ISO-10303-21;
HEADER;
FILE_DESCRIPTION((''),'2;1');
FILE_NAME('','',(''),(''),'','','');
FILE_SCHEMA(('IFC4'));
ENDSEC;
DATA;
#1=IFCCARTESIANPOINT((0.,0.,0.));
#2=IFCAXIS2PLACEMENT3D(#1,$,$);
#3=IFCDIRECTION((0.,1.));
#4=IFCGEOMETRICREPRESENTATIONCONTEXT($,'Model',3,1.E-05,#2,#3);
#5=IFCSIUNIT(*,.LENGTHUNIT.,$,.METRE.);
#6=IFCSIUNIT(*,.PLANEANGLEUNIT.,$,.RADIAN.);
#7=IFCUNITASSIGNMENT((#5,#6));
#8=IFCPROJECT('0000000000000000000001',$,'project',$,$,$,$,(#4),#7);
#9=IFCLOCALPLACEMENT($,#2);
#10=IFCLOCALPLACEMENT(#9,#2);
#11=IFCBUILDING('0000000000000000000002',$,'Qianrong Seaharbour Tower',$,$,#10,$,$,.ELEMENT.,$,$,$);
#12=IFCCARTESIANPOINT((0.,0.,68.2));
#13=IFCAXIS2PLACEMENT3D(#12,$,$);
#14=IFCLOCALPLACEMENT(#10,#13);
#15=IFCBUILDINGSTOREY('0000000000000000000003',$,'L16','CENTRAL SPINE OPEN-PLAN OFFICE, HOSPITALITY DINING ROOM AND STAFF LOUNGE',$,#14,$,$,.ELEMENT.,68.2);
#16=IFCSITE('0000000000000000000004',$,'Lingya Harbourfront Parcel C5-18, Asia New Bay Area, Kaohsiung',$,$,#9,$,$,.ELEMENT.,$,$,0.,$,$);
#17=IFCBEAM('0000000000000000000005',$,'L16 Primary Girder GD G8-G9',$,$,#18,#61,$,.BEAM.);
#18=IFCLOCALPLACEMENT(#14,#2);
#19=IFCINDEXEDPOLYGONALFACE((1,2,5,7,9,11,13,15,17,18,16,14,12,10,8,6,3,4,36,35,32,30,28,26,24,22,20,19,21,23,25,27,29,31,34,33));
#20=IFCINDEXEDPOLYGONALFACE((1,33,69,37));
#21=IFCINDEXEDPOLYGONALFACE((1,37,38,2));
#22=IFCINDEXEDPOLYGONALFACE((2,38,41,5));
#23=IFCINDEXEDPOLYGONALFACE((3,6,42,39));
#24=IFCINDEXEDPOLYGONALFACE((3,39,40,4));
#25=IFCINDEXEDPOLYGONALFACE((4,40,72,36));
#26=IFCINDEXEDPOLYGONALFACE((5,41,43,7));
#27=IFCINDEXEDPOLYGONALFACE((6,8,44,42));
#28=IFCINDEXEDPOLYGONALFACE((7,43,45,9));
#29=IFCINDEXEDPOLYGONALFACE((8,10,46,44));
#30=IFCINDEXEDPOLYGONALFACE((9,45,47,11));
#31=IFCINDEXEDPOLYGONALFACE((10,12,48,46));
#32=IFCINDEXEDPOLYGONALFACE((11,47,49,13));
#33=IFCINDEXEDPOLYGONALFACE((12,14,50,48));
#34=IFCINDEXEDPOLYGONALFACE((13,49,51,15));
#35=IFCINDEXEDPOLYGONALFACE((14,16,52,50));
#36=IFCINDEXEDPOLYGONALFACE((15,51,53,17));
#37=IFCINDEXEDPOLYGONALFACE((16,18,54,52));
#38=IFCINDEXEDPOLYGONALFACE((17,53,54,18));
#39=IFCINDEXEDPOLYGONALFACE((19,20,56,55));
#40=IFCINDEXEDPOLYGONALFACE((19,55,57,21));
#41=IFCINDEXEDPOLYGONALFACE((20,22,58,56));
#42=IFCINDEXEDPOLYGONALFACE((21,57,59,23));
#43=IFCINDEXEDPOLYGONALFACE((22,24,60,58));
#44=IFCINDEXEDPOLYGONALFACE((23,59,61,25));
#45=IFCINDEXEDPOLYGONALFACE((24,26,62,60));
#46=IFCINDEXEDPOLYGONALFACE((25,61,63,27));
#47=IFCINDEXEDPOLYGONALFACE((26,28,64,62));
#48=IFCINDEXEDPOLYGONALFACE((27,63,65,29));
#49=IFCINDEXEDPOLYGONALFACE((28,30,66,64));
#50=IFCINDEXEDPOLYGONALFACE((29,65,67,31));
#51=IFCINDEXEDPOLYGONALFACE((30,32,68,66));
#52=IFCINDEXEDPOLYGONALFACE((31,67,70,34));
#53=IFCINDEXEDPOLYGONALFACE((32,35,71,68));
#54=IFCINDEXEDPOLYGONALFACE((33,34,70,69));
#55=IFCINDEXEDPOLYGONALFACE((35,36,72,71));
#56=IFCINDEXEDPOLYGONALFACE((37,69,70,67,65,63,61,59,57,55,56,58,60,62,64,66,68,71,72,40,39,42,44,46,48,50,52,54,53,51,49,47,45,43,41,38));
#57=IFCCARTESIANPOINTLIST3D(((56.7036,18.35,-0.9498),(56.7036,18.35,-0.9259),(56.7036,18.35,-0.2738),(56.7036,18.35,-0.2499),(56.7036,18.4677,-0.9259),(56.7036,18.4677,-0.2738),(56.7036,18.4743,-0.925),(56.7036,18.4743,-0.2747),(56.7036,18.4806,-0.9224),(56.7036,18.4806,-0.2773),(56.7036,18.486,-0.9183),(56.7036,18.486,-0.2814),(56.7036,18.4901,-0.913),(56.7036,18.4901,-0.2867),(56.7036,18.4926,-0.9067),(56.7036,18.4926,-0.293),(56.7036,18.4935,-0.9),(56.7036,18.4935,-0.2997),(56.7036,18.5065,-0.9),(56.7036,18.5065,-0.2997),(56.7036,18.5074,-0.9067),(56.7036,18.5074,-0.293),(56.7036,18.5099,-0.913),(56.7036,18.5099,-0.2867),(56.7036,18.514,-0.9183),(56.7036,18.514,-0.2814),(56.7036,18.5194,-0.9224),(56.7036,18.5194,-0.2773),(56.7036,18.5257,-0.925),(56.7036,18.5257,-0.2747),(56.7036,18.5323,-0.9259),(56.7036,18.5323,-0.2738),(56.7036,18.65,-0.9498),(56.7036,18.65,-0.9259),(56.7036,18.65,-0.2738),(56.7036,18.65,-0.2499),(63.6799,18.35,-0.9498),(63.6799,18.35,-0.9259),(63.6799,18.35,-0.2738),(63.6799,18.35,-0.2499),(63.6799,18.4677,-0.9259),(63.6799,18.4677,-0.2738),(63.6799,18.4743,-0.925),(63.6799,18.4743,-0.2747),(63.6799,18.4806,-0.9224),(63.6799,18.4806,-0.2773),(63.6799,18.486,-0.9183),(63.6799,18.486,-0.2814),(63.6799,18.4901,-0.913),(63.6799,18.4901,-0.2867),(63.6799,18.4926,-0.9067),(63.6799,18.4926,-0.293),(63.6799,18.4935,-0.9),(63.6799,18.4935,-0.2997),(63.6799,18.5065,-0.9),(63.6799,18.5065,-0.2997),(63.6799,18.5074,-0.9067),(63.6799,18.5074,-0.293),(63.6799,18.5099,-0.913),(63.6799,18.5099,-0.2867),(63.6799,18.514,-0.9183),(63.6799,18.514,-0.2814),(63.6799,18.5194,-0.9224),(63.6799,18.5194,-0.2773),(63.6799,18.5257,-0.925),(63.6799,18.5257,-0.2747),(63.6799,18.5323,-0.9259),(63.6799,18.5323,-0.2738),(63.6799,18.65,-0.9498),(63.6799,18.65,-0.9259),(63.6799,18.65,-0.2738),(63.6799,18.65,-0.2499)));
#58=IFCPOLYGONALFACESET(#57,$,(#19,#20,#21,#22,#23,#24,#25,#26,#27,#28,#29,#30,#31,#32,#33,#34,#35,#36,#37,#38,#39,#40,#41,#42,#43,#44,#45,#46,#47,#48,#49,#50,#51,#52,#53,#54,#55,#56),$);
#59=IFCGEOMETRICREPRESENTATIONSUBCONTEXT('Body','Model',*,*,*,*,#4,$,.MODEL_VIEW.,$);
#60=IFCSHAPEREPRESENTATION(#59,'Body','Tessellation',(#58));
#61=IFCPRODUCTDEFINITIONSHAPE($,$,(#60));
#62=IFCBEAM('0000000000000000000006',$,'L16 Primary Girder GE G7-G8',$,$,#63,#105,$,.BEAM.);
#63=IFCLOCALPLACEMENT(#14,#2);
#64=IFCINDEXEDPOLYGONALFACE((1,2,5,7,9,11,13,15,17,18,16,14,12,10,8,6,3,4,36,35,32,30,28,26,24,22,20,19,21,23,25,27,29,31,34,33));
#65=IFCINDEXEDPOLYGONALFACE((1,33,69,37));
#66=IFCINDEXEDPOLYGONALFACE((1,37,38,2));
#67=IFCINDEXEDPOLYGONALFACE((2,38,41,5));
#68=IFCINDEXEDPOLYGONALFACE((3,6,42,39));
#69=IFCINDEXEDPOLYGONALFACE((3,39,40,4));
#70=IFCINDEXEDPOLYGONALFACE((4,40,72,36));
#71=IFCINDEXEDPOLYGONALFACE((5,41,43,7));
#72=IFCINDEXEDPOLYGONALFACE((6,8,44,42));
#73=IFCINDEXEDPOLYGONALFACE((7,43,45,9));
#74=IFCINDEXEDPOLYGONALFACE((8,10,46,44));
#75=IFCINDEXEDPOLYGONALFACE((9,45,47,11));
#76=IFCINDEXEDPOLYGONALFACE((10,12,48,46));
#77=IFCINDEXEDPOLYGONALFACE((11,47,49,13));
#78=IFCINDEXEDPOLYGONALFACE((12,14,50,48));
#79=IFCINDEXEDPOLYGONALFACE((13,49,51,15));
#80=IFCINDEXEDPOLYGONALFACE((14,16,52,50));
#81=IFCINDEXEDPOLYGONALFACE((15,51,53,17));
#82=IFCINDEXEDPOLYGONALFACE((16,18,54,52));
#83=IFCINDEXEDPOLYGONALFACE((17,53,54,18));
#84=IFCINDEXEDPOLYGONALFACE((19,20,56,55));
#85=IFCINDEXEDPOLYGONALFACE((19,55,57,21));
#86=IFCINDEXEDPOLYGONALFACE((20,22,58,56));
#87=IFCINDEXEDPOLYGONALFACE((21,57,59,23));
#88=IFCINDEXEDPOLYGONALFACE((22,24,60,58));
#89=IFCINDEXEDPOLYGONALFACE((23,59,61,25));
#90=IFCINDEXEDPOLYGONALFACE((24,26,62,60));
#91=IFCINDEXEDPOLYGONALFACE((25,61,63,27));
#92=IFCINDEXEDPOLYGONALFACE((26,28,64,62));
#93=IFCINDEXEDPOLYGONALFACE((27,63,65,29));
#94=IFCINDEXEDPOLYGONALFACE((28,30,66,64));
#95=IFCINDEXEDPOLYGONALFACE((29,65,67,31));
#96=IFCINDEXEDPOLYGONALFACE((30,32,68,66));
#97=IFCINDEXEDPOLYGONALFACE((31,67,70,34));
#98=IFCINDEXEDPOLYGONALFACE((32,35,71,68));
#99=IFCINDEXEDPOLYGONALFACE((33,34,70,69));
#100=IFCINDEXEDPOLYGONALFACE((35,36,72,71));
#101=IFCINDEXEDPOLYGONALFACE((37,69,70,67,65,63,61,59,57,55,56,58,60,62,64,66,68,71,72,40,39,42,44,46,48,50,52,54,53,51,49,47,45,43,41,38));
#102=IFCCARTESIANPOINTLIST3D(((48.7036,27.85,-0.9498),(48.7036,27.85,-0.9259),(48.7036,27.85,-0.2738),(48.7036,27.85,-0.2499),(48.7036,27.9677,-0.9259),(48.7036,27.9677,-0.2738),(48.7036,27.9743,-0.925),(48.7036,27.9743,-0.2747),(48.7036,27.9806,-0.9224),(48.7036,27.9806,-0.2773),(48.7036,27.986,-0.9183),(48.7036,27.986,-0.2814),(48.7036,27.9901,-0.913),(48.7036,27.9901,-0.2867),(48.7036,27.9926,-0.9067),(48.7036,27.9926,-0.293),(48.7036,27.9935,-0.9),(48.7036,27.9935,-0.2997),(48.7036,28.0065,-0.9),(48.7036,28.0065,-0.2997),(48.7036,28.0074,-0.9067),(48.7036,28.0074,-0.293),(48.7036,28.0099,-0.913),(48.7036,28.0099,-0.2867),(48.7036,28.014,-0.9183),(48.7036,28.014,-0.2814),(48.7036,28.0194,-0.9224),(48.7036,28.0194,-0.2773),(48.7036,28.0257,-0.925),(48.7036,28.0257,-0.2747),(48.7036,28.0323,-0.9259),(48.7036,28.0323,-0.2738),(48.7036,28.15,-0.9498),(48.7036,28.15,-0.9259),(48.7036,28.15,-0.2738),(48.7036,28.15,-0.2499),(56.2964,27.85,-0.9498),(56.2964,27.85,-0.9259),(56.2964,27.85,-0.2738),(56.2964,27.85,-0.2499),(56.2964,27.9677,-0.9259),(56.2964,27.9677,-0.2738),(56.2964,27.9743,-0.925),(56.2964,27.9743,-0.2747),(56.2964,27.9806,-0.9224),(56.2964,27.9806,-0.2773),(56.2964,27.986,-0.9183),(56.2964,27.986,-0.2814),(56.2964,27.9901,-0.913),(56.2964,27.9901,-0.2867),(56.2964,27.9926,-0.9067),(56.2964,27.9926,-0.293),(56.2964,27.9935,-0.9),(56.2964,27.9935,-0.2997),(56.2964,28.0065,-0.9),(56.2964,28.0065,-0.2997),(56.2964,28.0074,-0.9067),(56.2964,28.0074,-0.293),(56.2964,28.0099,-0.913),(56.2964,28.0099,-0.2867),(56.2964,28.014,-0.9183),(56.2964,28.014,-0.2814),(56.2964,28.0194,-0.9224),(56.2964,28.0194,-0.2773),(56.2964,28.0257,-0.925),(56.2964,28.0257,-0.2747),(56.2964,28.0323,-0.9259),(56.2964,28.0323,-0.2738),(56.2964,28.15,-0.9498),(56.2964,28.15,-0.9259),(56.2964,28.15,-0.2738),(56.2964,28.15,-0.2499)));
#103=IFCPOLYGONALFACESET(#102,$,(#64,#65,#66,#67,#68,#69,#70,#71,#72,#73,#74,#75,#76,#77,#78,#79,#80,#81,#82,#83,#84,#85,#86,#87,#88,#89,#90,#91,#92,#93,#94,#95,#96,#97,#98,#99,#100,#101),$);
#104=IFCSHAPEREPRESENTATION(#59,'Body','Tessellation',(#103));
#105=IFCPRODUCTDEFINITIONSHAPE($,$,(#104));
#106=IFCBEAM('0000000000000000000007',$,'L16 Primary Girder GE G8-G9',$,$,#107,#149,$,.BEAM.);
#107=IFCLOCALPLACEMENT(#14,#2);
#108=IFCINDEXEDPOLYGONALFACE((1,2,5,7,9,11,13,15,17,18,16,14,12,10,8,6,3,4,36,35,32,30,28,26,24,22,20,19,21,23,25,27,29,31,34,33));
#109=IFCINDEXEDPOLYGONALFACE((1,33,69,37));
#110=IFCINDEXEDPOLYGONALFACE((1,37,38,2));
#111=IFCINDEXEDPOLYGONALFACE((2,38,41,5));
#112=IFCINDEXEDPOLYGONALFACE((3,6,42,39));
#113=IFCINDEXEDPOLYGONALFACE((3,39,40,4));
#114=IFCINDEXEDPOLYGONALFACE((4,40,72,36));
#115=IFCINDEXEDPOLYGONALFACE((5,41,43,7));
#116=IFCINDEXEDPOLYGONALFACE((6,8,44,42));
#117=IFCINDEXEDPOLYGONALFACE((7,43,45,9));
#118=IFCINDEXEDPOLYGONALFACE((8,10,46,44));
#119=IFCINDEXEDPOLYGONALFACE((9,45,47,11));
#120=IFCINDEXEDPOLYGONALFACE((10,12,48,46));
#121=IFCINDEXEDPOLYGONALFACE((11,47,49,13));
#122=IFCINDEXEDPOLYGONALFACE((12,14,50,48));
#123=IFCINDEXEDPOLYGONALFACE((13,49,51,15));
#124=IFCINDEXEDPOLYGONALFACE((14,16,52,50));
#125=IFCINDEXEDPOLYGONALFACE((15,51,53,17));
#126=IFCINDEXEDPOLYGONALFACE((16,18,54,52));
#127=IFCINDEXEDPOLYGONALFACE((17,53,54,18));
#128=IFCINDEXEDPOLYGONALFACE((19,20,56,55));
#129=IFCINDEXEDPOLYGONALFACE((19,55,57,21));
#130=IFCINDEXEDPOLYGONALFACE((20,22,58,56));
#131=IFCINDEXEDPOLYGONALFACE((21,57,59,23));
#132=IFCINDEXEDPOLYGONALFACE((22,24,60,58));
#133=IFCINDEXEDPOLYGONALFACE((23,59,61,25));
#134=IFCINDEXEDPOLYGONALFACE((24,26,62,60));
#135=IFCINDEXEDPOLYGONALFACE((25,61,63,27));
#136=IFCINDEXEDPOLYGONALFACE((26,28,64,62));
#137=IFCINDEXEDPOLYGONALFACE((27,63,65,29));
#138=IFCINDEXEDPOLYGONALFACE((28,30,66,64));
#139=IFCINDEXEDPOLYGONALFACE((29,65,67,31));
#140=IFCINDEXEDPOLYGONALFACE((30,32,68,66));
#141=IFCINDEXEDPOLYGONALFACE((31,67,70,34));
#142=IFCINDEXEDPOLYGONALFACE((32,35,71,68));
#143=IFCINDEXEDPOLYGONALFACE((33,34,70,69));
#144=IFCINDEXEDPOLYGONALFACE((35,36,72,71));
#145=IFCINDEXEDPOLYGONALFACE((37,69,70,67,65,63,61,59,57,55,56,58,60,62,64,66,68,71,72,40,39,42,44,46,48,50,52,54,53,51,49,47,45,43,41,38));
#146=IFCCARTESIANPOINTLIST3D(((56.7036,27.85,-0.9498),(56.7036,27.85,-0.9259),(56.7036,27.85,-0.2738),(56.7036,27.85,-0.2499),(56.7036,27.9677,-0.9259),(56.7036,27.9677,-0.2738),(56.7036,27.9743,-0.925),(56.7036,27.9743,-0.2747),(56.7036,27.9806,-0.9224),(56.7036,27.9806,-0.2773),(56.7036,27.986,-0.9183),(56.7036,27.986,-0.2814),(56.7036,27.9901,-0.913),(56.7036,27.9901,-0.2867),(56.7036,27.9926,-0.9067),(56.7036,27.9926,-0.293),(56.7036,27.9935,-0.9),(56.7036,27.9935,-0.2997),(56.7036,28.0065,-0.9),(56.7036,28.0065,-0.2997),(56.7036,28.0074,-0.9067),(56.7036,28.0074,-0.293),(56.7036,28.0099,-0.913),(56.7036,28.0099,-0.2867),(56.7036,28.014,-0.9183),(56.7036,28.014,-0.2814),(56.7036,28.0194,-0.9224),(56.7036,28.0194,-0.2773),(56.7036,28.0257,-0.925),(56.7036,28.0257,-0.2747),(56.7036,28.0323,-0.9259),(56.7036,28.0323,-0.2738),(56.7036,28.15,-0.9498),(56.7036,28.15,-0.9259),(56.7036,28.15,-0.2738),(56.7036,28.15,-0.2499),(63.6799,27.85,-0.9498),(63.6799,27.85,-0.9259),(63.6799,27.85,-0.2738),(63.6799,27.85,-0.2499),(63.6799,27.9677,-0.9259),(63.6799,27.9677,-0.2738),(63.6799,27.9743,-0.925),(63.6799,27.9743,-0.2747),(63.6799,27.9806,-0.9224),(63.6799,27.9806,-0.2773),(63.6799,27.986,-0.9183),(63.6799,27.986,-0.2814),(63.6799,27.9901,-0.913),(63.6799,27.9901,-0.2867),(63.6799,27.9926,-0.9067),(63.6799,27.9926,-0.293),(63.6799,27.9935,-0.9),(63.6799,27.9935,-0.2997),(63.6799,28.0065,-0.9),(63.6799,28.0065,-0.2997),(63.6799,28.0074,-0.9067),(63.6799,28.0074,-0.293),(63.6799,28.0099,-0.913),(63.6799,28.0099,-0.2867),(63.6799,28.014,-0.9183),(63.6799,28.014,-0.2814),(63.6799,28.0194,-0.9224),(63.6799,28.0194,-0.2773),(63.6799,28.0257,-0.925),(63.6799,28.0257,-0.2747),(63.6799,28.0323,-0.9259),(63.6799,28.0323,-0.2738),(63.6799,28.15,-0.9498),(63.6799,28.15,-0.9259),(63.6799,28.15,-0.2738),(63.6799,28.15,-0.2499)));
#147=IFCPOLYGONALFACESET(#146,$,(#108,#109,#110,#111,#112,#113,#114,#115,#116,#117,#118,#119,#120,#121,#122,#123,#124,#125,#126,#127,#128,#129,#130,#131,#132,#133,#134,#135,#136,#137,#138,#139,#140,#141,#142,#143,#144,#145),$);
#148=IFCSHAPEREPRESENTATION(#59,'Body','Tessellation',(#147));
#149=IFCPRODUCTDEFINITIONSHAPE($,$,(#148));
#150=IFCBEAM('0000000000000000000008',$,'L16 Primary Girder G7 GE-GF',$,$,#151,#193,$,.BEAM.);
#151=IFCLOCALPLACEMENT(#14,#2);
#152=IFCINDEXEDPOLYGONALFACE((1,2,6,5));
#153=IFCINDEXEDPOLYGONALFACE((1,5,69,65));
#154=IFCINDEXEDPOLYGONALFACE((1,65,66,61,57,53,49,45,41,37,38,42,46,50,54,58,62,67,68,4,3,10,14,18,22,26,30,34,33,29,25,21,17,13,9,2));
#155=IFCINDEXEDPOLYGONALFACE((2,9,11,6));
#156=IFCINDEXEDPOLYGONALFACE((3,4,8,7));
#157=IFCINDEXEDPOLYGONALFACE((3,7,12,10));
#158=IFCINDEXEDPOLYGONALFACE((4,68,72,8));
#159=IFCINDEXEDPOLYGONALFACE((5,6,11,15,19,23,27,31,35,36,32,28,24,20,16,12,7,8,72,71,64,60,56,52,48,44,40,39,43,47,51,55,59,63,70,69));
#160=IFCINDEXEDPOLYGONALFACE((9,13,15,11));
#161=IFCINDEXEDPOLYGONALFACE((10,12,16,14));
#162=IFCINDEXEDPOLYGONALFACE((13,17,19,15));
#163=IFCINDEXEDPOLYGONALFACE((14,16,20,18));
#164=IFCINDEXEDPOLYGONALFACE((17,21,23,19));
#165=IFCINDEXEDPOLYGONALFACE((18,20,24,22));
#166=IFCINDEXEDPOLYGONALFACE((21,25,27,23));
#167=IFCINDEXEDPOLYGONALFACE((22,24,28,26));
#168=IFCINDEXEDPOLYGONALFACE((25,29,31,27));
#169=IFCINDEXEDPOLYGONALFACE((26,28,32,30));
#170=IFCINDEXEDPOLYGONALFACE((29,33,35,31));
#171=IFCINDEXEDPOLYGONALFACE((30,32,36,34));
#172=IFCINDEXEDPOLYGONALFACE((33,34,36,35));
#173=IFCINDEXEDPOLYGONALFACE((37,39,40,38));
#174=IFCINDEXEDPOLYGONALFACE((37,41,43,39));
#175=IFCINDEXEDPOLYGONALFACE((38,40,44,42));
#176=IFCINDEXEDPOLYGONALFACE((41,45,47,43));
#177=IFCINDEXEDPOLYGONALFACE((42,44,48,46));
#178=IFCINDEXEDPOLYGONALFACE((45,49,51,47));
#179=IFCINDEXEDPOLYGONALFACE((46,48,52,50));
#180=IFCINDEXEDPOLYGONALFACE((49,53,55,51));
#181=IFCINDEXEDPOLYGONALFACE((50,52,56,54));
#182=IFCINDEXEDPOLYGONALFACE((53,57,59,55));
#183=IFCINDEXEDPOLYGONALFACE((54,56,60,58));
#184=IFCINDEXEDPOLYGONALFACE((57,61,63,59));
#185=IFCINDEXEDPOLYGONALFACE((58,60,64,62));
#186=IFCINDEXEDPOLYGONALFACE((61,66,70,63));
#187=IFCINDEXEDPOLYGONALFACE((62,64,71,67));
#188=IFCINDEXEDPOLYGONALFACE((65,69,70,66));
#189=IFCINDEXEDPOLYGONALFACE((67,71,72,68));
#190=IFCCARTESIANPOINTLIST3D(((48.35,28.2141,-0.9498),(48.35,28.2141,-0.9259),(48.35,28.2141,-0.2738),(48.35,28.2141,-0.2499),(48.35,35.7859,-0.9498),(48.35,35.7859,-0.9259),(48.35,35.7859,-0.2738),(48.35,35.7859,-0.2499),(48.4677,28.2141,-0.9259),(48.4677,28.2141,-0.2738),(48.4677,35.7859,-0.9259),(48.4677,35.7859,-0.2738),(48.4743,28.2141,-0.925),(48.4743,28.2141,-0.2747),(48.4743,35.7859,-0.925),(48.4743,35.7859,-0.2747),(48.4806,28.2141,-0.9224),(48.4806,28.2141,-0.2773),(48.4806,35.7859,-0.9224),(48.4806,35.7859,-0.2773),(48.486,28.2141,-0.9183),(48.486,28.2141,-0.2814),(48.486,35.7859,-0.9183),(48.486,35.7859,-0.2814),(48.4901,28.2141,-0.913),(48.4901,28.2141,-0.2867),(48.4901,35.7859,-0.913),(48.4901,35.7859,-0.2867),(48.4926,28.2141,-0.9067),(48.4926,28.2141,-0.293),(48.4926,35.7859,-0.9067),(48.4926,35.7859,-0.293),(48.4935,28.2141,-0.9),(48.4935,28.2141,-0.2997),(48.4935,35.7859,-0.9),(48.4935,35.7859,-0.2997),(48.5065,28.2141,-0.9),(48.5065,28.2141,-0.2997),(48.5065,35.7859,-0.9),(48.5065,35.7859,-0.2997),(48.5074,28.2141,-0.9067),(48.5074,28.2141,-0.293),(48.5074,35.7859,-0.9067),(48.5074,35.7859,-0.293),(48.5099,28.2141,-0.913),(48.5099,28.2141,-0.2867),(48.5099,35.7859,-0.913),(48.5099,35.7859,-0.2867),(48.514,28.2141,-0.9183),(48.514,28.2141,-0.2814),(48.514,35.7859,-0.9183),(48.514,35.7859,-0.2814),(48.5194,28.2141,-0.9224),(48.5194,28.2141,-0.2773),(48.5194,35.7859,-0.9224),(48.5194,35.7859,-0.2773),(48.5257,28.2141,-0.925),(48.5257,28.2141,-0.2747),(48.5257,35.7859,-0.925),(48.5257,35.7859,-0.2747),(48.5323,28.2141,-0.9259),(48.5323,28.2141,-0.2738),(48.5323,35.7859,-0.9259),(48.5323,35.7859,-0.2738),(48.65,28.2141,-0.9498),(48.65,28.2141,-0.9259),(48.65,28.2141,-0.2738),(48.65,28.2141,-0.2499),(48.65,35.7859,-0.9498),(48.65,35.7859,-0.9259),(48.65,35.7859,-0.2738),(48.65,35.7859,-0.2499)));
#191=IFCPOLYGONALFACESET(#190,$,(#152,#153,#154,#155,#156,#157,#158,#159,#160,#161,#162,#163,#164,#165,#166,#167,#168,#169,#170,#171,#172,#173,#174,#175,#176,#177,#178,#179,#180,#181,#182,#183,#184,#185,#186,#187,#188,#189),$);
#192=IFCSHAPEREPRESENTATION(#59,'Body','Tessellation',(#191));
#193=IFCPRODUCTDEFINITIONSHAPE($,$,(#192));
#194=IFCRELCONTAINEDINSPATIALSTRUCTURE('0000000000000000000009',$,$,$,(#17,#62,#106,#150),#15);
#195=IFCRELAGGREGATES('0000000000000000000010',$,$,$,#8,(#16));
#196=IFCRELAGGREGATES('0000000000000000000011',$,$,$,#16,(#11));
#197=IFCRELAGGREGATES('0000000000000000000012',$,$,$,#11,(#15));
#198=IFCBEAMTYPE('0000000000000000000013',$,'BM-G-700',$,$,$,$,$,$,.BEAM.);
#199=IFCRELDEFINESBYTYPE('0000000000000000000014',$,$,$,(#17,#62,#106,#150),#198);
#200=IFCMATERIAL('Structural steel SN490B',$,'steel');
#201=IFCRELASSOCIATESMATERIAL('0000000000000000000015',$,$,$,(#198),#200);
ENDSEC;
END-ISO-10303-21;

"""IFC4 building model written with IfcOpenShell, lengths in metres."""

from ifc_helpers import new_model, si_unit, direction, frame, origin, origin_2d, place, context, subcontext, project, spatial, i_section, extrude, material, material_profile, profile_set, type_object, element, save


model = new_model("IFC4")

# Units and contexts
model_context = context("Model", 3, precision=1e-05, world=origin(), true_north=direction((0.0, 1.0)))
body_context = subcontext(model_context, "Body", "Model", "MODEL_VIEW")
ifc_project = project(units=[si_unit("LENGTHUNIT", "METRE"), si_unit("PLANEANGLEUNIT", "RADIAN")], contexts=[model_context])

# Site, building, storey
site_placement = place(None, origin())
site = spatial("IfcSite", under=ifc_project, at=site_placement, Name="Lingya Harbourfront Parcel C5-18, Asia New Bay Area, Kaohsiung", CompositionType="ELEMENT", RefElevation=0.0)
building_placement = place(site_placement, origin())
building = spatial("IfcBuilding", under=site, at=building_placement, Name="Qianrong Seaharbour Tower", CompositionType="ELEMENT")
storey_placement = place(building_placement, frame((0.0, 0.0, 68.2)))
storey = spatial("IfcBuildingStorey", under=building, at=storey_placement, Name="L16", Description="CENTRAL SPINE OPEN-PLAN OFFICE, HOSPITALITY DINING ROOM AND STAFF LOUNGE", CompositionType="ELEMENT", Elevation=68.2)

# Shared definitions
ifc_material_1 = material(Name="Structural steel SN490B", Category="steel")

# Beams
ifc_material_profile_1 = material_profile(ifc_material_1, i_section(OverallWidth=0.3, OverallDepth=0.7, WebThickness=0.0129, FlangeThickness=0.0239, FilletRadius=0.0259, at=origin_2d()), Name="H700x300x13x24")
ifc_profile_set_1 = profile_set([ifc_material_profile_1], Name="Structural steel SN490B")
beam_type_1 = type_object("IfcBeamType", Name="BM-G-700", PredefinedType="BEAM", material=ifc_profile_set_1)
beam_1_placement = place(storey_placement, frame((56.7036, 18.5, -0.5999), z_axis=(1.0, 0.0, 0.0), x_axis=(0.0, 1.0, 0.0)))
element("IfcBeam", 1, at=beam_1_placement, inside=storey, type_object=beam_type_1, Name="L16 Primary Girder GD G8-G9", PredefinedType="BEAM", context=body_context, shape_type="SweptSolid", body=[
    extrude(i_section(OverallWidth=0.3, OverallDepth=0.7, WebThickness=0.0129, FlangeThickness=0.0239, FilletRadius=0.0259, at=origin_2d()), origin(), (0.0, 0.0, 1.0), 6.9763),
])
beam_2_placement = place(storey_placement, frame((48.7036, 28.0, -0.5999), z_axis=(1.0, 0.0, 0.0), x_axis=(0.0, 1.0, 0.0)))
element("IfcBeam", 2, at=beam_2_placement, inside=storey, type_object=beam_type_1, Name="L16 Primary Girder GE G7-G8", PredefinedType="BEAM", context=body_context, shape_type="SweptSolid", body=[
    extrude(i_section(OverallWidth=0.3, OverallDepth=0.7, WebThickness=0.0129, FlangeThickness=0.0239, FilletRadius=0.0259, at=origin_2d()), origin(), (0.0, 0.0, 1.0), 7.5928),
])
beam_3_placement = place(storey_placement, frame((56.7036, 28.0, -0.5999), z_axis=(1.0, 0.0, 0.0), x_axis=(0.0, 1.0, 0.0)))
element("IfcBeam", 3, at=beam_3_placement, inside=storey, type_object=beam_type_1, Name="L16 Primary Girder GE G8-G9", PredefinedType="BEAM", context=body_context, shape_type="SweptSolid", body=[
    extrude(i_section(OverallWidth=0.3, OverallDepth=0.7, WebThickness=0.0129, FlangeThickness=0.0239, FilletRadius=0.0259, at=origin_2d()), origin(), (0.0, 0.0, 1.0), 6.9763),
])
for number, where, z_axis, x_axis, name in (
    (4, (48.5, 28.2141, -0.5999), (0.0, 1.0, 0.0), (-1.0, 0.0, 0.0), "L16 Primary Girder G7 GE-GF"),
):
    element("IfcBeam", number, at=place(storey_placement, frame(where, z_axis=z_axis, x_axis=x_axis)), inside=storey, type_object=beam_type_1, Name=name, PredefinedType="BEAM", context=body_context, shape_type="SweptSolid", body=[
        extrude(i_section(OverallWidth=0.3, OverallDepth=0.7, WebThickness=0.0129, FlangeThickness=0.0239, FilletRadius=0.0259, at=origin_2d()), origin(), (0.0, 0.0, 1.0), 7.5718),
    ])

save(model, "model.ifc")
